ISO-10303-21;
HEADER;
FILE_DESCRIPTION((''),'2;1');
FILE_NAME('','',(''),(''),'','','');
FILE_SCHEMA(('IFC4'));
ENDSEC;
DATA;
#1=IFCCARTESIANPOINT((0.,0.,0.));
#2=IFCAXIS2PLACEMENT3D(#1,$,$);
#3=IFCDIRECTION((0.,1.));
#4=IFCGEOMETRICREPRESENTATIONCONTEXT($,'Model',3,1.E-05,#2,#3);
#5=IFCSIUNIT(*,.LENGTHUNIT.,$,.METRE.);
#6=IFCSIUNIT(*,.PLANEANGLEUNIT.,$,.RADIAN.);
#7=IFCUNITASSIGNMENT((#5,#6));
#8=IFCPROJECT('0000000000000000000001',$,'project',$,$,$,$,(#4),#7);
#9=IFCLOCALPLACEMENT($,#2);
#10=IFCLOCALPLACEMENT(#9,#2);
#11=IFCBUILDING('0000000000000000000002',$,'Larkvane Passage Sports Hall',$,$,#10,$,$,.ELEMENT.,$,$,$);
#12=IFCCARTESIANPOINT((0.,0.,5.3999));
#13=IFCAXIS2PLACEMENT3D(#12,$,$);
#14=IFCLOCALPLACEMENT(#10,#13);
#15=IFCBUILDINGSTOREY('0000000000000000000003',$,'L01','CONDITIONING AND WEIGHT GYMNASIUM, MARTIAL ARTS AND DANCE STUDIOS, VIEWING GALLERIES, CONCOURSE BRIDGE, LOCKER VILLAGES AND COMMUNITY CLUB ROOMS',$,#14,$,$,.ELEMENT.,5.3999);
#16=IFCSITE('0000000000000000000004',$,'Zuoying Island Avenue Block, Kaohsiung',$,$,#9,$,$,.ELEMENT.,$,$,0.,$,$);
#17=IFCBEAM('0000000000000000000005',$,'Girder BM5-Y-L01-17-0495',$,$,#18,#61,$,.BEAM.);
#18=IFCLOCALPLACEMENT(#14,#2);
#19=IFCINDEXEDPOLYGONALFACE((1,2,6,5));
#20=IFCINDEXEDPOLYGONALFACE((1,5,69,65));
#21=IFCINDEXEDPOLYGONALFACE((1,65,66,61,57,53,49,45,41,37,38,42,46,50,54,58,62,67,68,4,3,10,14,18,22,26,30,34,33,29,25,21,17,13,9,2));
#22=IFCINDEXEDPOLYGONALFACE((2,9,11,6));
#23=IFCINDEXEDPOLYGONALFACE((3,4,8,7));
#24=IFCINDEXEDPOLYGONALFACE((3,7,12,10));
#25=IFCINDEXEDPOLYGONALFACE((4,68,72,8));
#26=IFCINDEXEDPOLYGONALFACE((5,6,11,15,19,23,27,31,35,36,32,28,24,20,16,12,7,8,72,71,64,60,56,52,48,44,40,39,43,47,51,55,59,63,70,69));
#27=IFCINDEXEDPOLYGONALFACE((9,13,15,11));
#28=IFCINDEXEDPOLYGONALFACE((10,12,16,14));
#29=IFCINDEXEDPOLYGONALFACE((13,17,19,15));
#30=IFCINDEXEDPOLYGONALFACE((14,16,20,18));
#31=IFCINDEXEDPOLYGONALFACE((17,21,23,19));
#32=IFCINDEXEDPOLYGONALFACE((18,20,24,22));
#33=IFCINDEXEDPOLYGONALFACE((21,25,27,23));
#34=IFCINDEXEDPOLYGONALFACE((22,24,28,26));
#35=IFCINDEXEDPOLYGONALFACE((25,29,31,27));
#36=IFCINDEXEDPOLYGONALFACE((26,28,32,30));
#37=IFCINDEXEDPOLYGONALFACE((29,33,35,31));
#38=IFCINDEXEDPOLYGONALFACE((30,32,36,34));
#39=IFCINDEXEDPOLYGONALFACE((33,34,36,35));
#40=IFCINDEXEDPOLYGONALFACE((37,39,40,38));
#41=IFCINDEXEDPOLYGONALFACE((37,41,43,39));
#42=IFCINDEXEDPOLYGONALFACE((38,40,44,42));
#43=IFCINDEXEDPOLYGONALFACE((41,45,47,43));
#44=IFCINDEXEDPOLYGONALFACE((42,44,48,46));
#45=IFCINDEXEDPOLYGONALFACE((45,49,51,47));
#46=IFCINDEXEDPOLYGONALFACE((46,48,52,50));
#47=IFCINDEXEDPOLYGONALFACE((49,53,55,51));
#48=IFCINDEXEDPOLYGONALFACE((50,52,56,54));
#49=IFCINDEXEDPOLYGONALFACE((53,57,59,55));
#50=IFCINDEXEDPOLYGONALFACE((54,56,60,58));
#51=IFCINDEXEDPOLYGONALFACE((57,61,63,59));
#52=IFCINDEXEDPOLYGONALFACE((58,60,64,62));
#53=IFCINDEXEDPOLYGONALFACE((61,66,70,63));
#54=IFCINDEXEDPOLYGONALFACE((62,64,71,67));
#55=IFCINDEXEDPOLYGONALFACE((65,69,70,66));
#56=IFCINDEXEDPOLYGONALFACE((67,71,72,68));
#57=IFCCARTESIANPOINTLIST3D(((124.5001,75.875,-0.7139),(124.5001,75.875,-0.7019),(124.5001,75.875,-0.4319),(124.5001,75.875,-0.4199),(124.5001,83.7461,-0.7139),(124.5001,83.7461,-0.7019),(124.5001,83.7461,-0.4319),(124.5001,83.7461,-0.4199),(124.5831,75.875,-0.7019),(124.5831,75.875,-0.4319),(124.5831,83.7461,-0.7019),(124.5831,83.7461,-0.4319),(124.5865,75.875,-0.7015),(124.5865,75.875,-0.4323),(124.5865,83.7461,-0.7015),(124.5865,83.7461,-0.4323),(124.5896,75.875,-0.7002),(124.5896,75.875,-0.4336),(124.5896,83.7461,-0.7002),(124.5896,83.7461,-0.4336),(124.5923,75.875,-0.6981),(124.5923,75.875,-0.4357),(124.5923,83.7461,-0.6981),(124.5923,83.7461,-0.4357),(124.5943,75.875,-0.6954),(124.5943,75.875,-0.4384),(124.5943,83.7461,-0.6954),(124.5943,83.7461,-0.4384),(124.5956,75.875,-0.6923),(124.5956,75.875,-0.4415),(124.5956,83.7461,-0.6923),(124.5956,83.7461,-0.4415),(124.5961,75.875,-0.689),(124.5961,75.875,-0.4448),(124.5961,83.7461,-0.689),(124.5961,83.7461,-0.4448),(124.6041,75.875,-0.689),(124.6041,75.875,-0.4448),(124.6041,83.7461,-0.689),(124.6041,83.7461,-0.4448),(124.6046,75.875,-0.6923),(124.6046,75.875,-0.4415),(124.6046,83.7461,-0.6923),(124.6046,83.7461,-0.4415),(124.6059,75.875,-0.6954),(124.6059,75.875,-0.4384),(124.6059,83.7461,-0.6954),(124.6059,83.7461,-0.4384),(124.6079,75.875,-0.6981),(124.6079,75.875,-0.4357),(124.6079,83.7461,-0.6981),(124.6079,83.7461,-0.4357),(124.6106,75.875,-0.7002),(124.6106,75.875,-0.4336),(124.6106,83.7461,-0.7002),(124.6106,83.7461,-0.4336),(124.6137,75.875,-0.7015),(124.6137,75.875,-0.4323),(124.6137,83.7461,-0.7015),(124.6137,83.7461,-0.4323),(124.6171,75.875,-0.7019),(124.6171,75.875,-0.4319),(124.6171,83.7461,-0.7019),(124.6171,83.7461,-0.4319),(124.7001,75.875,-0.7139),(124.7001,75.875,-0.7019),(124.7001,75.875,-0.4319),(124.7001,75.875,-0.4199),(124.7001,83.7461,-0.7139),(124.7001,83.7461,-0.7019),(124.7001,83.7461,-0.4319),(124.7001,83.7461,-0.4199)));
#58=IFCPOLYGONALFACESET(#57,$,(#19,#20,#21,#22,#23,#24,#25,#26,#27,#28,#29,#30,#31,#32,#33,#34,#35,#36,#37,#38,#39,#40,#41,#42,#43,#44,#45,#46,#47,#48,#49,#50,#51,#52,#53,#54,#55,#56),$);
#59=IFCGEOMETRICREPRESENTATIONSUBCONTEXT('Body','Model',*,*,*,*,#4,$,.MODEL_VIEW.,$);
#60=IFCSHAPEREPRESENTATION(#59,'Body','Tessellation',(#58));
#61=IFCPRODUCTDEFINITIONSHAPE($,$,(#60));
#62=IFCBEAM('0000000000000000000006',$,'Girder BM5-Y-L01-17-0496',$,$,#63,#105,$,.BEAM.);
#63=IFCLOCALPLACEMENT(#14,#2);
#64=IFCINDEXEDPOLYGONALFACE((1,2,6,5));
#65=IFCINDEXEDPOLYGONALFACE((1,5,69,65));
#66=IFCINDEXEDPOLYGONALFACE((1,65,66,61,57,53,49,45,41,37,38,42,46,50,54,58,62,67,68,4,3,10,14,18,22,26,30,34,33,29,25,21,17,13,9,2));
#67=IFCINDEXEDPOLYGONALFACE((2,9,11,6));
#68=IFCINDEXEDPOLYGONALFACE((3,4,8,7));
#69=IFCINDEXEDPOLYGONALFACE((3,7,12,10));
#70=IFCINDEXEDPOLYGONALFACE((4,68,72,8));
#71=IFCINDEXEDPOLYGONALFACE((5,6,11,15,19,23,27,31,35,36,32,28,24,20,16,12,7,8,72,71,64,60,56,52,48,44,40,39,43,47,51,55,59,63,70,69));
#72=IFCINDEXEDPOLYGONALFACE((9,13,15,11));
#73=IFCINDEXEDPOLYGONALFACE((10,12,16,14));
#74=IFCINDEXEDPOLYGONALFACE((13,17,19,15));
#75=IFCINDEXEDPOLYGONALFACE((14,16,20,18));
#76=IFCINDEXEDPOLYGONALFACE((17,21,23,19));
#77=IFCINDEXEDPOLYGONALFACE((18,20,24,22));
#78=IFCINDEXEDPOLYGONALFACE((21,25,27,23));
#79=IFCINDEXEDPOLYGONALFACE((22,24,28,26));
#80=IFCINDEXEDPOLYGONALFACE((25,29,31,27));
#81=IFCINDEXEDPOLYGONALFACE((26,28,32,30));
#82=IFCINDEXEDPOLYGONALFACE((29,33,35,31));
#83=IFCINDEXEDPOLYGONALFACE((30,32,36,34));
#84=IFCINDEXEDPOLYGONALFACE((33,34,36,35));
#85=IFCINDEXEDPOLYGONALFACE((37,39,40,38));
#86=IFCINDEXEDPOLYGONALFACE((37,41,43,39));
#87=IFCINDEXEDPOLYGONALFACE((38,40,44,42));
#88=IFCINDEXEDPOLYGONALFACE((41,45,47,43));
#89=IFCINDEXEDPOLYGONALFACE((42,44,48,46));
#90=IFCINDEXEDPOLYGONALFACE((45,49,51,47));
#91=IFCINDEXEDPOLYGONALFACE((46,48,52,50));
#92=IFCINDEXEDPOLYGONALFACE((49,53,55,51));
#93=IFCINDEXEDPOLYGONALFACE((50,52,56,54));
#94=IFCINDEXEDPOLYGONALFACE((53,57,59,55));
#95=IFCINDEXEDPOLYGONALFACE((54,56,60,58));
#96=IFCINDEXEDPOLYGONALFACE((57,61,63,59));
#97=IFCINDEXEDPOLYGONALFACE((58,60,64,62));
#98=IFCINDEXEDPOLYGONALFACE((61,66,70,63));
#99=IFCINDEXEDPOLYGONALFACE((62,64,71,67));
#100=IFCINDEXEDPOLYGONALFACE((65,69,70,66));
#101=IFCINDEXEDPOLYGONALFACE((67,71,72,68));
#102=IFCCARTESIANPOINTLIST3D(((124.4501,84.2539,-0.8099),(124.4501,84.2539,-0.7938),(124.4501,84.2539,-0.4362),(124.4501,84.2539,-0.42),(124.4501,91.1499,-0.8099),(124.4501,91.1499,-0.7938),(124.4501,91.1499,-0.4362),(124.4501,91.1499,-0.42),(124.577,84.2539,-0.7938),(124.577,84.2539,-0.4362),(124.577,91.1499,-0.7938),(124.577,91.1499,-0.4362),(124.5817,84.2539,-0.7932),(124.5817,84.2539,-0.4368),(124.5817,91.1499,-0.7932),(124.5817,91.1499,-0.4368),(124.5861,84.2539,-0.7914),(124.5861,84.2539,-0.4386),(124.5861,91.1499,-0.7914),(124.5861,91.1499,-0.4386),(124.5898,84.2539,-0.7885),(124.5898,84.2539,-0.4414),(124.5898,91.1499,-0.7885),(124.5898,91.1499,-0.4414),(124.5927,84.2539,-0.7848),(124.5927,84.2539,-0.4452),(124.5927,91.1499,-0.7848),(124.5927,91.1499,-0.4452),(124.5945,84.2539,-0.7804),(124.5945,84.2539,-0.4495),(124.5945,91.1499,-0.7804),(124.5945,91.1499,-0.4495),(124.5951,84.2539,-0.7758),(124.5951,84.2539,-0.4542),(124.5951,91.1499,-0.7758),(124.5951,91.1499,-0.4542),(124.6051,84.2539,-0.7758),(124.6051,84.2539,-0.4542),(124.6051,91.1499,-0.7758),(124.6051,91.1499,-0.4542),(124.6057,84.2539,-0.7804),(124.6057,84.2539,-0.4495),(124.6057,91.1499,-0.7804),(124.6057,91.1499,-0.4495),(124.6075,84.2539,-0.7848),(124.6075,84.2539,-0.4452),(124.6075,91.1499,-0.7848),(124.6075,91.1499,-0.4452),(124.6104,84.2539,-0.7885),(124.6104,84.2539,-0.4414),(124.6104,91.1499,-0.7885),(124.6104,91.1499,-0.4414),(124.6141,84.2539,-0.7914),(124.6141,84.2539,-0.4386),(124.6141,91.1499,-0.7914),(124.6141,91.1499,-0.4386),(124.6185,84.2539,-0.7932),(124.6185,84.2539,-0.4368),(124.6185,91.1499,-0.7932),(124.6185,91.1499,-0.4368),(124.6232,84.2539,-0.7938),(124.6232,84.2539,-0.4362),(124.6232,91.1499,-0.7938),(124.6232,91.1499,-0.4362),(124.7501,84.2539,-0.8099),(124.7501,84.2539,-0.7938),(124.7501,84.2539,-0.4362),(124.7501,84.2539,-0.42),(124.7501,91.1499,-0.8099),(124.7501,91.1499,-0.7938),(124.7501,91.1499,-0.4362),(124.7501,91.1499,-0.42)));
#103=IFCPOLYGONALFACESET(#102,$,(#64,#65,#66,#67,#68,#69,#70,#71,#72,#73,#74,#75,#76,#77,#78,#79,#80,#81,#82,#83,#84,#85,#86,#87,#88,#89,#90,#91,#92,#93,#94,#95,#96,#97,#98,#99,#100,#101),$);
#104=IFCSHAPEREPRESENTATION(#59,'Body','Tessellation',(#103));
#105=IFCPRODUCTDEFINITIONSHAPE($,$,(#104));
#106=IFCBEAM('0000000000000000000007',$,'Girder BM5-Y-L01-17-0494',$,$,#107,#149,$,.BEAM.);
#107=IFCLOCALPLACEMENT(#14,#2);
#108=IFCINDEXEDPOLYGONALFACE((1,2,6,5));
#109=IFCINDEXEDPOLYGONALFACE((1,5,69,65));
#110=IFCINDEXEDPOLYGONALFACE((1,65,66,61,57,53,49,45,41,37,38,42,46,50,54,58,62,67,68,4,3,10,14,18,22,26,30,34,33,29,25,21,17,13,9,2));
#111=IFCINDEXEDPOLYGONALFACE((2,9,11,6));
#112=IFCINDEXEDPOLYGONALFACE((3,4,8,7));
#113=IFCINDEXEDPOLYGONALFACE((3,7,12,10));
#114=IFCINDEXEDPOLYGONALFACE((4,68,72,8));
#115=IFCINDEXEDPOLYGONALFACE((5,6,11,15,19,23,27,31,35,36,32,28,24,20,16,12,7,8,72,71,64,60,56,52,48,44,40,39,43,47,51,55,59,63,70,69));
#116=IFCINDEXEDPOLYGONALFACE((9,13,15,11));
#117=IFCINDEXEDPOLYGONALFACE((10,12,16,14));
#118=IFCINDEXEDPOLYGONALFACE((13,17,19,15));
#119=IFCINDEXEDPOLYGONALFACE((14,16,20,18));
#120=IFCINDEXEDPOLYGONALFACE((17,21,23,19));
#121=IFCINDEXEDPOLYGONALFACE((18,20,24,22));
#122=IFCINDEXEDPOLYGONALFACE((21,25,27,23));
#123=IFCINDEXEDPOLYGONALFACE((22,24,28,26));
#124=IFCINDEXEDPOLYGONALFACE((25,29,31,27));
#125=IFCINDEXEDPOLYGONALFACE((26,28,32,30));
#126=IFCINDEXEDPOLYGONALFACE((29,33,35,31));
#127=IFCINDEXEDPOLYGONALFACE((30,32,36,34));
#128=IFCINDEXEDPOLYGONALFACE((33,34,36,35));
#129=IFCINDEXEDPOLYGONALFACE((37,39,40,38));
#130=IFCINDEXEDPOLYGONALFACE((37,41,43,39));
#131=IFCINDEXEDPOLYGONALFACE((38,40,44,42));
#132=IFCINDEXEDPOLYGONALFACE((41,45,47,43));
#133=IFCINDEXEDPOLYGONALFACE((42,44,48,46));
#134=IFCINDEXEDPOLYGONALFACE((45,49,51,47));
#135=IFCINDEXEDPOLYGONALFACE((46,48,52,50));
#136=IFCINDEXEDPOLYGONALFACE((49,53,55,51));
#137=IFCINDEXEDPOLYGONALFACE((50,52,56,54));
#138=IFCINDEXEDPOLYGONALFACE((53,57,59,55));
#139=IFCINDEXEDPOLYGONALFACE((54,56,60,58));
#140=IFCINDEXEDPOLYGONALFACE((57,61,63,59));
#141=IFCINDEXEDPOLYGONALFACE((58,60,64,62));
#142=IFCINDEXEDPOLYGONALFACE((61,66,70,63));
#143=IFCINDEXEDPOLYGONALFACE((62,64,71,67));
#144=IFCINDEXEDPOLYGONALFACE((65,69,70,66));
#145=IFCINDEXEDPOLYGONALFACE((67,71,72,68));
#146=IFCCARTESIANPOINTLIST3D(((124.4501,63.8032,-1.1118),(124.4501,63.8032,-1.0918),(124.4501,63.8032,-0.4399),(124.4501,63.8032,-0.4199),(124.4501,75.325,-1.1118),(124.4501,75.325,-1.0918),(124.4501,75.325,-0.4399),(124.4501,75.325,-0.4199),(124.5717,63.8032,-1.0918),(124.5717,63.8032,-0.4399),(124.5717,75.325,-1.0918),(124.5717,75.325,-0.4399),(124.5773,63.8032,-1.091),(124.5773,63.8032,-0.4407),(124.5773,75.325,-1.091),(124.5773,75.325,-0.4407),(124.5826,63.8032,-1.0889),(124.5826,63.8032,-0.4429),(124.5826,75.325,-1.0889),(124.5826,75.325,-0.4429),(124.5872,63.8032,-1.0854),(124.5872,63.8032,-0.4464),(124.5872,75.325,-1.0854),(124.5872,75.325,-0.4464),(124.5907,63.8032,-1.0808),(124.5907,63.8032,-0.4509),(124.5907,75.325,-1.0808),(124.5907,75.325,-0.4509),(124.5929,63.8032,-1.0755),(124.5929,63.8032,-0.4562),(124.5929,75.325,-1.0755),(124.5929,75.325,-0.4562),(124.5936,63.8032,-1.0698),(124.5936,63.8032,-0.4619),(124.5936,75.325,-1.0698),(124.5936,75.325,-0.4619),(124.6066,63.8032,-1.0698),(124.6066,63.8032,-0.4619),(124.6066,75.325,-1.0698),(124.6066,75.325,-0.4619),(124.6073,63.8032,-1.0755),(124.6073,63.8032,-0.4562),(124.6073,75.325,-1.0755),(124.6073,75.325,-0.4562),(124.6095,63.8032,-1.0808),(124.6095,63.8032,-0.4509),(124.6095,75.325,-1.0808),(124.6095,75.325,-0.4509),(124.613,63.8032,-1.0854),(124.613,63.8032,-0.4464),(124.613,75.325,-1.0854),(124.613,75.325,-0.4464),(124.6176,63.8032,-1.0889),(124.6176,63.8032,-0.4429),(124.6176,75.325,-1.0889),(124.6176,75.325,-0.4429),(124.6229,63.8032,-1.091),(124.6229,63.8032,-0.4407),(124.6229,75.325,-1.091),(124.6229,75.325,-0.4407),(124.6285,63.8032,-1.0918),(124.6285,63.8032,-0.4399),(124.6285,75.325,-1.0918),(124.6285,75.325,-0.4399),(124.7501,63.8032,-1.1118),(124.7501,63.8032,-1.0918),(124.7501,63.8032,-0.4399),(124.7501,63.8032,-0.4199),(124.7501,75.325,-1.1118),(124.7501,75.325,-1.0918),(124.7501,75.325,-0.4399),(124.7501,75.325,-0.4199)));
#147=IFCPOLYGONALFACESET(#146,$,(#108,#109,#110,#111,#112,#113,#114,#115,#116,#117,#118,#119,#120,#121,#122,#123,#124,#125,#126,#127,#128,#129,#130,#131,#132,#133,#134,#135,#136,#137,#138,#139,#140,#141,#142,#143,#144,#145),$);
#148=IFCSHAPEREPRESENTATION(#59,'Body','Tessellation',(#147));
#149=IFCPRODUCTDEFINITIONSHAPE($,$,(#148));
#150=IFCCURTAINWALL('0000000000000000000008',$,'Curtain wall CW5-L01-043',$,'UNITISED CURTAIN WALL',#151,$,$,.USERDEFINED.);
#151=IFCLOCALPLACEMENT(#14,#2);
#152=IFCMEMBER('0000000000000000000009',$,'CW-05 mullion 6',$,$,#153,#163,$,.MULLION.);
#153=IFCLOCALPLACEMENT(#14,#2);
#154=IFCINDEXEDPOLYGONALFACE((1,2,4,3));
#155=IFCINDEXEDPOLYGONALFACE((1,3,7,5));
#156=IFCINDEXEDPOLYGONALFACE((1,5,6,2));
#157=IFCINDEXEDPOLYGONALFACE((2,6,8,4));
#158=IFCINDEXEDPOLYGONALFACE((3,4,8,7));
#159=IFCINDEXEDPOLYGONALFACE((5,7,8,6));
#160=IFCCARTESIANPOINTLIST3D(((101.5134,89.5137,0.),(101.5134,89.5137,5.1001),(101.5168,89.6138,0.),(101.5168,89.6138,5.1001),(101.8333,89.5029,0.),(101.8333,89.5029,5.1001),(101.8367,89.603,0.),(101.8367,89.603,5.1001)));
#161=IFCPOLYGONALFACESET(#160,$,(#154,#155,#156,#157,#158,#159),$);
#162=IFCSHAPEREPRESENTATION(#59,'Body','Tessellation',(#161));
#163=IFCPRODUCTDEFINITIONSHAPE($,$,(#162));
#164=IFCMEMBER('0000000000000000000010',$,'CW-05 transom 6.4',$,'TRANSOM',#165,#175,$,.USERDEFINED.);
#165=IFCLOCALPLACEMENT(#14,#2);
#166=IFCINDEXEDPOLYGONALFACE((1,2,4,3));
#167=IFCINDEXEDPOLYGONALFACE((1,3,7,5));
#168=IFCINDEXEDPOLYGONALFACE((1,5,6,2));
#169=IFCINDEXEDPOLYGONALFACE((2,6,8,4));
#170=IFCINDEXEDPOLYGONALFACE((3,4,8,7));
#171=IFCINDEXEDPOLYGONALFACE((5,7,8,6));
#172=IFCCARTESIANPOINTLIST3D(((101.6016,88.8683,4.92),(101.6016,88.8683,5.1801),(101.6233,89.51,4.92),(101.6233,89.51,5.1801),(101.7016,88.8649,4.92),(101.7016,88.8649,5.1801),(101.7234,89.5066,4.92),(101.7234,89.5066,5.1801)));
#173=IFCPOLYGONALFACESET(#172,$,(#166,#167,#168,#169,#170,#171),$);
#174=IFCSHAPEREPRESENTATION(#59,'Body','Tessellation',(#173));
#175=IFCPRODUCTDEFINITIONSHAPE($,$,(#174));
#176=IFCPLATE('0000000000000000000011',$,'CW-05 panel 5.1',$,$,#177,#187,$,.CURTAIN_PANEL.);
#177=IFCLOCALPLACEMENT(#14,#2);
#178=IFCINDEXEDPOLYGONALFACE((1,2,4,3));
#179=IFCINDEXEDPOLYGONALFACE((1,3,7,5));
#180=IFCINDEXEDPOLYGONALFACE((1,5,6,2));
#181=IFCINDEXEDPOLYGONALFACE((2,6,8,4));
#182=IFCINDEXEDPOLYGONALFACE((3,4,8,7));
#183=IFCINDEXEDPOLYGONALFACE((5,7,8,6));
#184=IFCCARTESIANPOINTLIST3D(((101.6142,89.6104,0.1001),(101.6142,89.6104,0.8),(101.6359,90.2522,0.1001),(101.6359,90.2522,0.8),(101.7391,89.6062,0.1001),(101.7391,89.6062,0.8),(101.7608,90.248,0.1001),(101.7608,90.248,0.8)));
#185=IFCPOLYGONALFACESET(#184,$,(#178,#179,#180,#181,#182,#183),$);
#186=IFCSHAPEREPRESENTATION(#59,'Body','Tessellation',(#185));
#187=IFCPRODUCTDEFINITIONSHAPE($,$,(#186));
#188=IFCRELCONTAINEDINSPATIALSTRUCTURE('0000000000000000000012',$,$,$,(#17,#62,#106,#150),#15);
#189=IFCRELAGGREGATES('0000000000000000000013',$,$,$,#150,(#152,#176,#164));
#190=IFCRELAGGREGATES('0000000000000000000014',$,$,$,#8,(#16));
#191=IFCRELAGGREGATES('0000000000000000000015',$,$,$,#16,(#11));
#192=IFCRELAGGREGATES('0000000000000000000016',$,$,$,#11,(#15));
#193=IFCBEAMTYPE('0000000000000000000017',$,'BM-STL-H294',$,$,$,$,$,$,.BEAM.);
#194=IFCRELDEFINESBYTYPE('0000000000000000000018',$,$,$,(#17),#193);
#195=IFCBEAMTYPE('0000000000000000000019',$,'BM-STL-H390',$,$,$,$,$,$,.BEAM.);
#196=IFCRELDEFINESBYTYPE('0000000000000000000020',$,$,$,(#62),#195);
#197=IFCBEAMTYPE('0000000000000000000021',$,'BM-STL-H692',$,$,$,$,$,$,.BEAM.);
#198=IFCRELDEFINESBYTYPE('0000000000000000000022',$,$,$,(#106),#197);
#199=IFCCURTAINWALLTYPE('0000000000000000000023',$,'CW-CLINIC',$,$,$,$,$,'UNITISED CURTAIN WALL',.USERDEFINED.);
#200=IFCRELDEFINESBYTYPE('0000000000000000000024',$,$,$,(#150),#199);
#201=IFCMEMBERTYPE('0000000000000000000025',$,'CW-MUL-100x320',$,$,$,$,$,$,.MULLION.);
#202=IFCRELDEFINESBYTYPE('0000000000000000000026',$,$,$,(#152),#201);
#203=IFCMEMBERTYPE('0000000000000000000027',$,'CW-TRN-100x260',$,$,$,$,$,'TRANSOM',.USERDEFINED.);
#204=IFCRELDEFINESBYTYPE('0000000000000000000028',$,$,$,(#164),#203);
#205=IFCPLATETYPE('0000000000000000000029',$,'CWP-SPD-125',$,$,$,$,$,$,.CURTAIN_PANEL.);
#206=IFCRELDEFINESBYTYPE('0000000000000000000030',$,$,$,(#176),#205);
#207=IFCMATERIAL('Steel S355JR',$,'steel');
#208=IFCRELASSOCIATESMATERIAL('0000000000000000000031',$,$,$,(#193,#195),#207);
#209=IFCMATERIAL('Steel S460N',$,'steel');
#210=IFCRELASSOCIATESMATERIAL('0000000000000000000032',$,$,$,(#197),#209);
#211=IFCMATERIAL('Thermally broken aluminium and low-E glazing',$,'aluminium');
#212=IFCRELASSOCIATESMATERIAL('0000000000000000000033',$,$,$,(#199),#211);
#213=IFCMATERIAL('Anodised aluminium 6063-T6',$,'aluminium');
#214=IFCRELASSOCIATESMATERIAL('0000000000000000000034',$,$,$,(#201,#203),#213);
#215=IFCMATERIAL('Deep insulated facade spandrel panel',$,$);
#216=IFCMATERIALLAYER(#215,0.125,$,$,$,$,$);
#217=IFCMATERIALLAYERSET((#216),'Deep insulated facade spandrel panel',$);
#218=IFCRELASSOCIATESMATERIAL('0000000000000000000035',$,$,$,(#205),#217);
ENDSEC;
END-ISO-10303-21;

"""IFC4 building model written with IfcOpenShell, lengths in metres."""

from ifc_helpers import new_model, si_unit, direction, frame, origin, origin_2d, place, context, subcontext, project, spatial, rectangle, i_section, extrude, material, layer, layer_set, material_profile, profile_set, type_object, element, aggregate, save


model = new_model("IFC4")

# Units and contexts
model_context = context("Model", 3, precision=1e-05, world=origin(), true_north=direction((0.0, 1.0)))
body_context = subcontext(model_context, "Body", "Model", "MODEL_VIEW")
ifc_project = project(units=[si_unit("LENGTHUNIT", "METRE"), si_unit("PLANEANGLEUNIT", "RADIAN")], contexts=[model_context])

# Site, building, storey
site_placement = place(None, origin())
site = spatial("IfcSite", under=ifc_project, at=site_placement, Name="Zuoying Island Avenue Block, Kaohsiung", CompositionType="ELEMENT", RefElevation=0.0)
building_placement = place(site_placement, origin())
building = spatial("IfcBuilding", under=site, at=building_placement, Name="Larkvane Passage Sports Hall", CompositionType="ELEMENT")
storey_placement = place(building_placement, frame((0.0, 0.0, 5.3999)))
storey = spatial("IfcBuildingStorey", under=building, at=storey_placement, Name="L01", Description="CONDITIONING AND WEIGHT GYMNASIUM, MARTIAL ARTS AND DANCE STUDIOS, VIEWING GALLERIES, CONCOURSE BRIDGE, LOCKER VILLAGES AND COMMUNITY CLUB ROOMS", CompositionType="ELEMENT", Elevation=5.3999)

# Shared definitions
ifc_material_1 = material(Name="Steel S460N", Category="steel")
ifc_material_2 = material(Name="Steel S355JR", Category="steel")

# Beams
ifc_material_profile_1 = material_profile(ifc_material_2, i_section(OverallWidth=0.2, OverallDepth=0.2939, WebThickness=0.0081, FlangeThickness=0.012, FilletRadius=0.0129, at=origin_2d()), Name="H-294x200x8x12")
ifc_profile_set_1 = profile_set([ifc_material_profile_1], Name="Steel S355JR")
beam_type_1 = type_object("IfcBeamType", Name="BM-STL-H294", PredefinedType="BEAM", material=ifc_profile_set_1)
beam_1_placement = place(storey_placement, frame((124.6001, 75.875, -0.5669), z_axis=(0.0, 1.0, 0.0), x_axis=(-1.0, 0.0, 0.0)))
element("IfcBeam", 1, at=beam_1_placement, inside=storey, type_object=beam_type_1, Name="Girder BM5-Y-L01-17-0495", PredefinedType="BEAM", context=body_context, shape_type="SweptSolid", body=[
    extrude(i_section(OverallWidth=0.2, OverallDepth=0.2939, WebThickness=0.0081, FlangeThickness=0.012, FilletRadius=0.0129, at=origin_2d()), origin(), (0.0, 0.0, 1.0), 7.8711),
])
ifc_material_profile_2 = material_profile(ifc_material_2, i_section(OverallWidth=0.3, OverallDepth=0.3899, WebThickness=0.01, FlangeThickness=0.0161, FilletRadius=0.0181, at=origin_2d()), Name="H-390x300x10x16")
ifc_profile_set_2 = profile_set([ifc_material_profile_2], Name="Steel S355JR")
beam_type_2 = type_object("IfcBeamType", Name="BM-STL-H390", PredefinedType="BEAM", material=ifc_profile_set_2)
beam_2_placement = place(storey_placement, frame((124.6001, 84.2539, -0.615), z_axis=(0.0, 1.0, 0.0), x_axis=(-1.0, 0.0, 0.0)))
element("IfcBeam", 2, at=beam_2_placement, inside=storey, type_object=beam_type_2, Name="Girder BM5-Y-L01-17-0496", PredefinedType="BEAM", context=body_context, shape_type="SweptSolid", body=[
    extrude(i_section(OverallWidth=0.3, OverallDepth=0.3899, WebThickness=0.01, FlangeThickness=0.0161, FilletRadius=0.0181, at=origin_2d()), origin(), (0.0, 0.0, 1.0), 6.896),
])
ifc_material_profile_3 = material_profile(ifc_material_1, i_section(OverallWidth=0.3, OverallDepth=0.6919, WebThickness=0.0129, FlangeThickness=0.02, FilletRadius=0.022, at=origin_2d()), Name="H-692x300x13x20")
ifc_profile_set_3 = profile_set([ifc_material_profile_3], Name="Steel S460N")
beam_type_3 = type_object("IfcBeamType", Name="BM-STL-H692", PredefinedType="BEAM", material=ifc_profile_set_3)
beam_3_placement = place(storey_placement, frame((124.6001, 63.8032, -0.7659), z_axis=(0.0, 1.0, 0.0), x_axis=(-1.0, 0.0, 0.0)))
element("IfcBeam", 3, at=beam_3_placement, inside=storey, type_object=beam_type_3, Name="Girder BM5-Y-L01-17-0494", PredefinedType="BEAM", context=body_context, shape_type="SweptSolid", body=[
    extrude(i_section(OverallWidth=0.3, OverallDepth=0.6919, WebThickness=0.0129, FlangeThickness=0.02, FilletRadius=0.022, at=origin_2d()), origin(), (0.0, 0.0, 1.0), 11.5217),
])

# Curtain wall, members, plate
ifc_material_3 = material(Name="Thermally broken aluminium and low-E glazing", Category="aluminium")
curtain_wall_type = type_object("IfcCurtainWallType", Name="CW-CLINIC", ElementType="UNITISED CURTAIN WALL", PredefinedType="USERDEFINED", material=ifc_material_3)
curtain_wall_placement = place(storey_placement, origin())
curtain_wall = element("IfcCurtainWall", 4, at=curtain_wall_placement, inside=storey, type_object=curtain_wall_type, Name="Curtain wall CW5-L01-043", ObjectType="UNITISED CURTAIN WALL", PredefinedType="USERDEFINED")
ifc_material_4 = material(Name="Anodised aluminium 6063-T6", Category="aluminium")
ifc_material_profile_4 = material_profile(ifc_material_4, rectangle(XDim=0.1001, YDim=0.3201, at=origin_2d()), Name="ALU-MUL-100x320")
ifc_profile_set_4 = profile_set([ifc_material_profile_4], Name="Anodised aluminium 6063-T6")
member_type_1 = type_object("IfcMemberType", Name="CW-MUL-100x320", PredefinedType="MULLION", material=ifc_profile_set_4)
member_1_placement = place(storey_placement, frame((101.675, 89.5583, 0.0), z_axis=(0.0, 0.0, 1.0), x_axis=(-0.033688, -0.999432, 0.0)))
member_1 = element("IfcMember", 5, at=member_1_placement, type_object=member_type_1, Name="CW-05 mullion 6", PredefinedType="MULLION", context=body_context, shape_type="SweptSolid", body=[
    extrude(rectangle(XDim=0.1001, YDim=0.3201, at=origin_2d()), origin(), (0.0, 0.0, 1.0), 5.1001),
])
ifc_material_profile_5 = material_profile(ifc_material_4, rectangle(XDim=0.1001, YDim=0.26, at=origin_2d()), Name="ALU-TRN-100x260")
ifc_profile_set_5 = profile_set([ifc_material_profile_5], Name="Anodised aluminium 6063-T6")
member_type_2 = type_object("IfcMemberType", Name="CW-TRN-100x260", ElementType="TRANSOM", PredefinedType="USERDEFINED", material=ifc_profile_set_5)
member_2_placement = place(storey_placement, frame((101.6733, 89.5083, 5.05), z_axis=(-0.033847, -0.999427, 0.0), x_axis=(0.999427, -0.033847, 0.0)))
member_2 = element("IfcMember", 6, at=member_2_placement, type_object=member_type_2, Name="CW-05 transom 6.4", ObjectType="TRANSOM", PredefinedType="USERDEFINED", context=body_context, shape_type="SweptSolid", body=[
    extrude(rectangle(XDim=0.1001, YDim=0.26, at=origin_2d()), origin(), (0.0, 0.0, 1.0), 0.6421),
])
ifc_material_5 = material(Name="Deep insulated facade spandrel panel")
ifc_layer_1 = layer(ifc_material_5, 0.125)
ifc_layer_set_1 = layer_set([ifc_layer_1], Name="Deep insulated facade spandrel panel")
plate_type_1 = type_object("IfcPlateType", Name="CWP-SPD-125", PredefinedType="CURTAIN_PANEL", material=ifc_layer_set_1)
plate_1_placement = place(storey_placement, frame((101.6875, 89.9292, 0.1001), z_axis=(0.0, 0.0, 1.0), x_axis=(-0.033688, -0.999432, 0.0)))
plate_1 = element("IfcPlate", 7, at=plate_1_placement, type_object=plate_type_1, Name="CW-05 panel 5.1", PredefinedType="CURTAIN_PANEL", context=body_context, shape_type="SweptSolid", body=[
    extrude(rectangle(XDim=0.6421, YDim=0.125, at=origin_2d()), origin(), (0.0, 0.0, 1.0), 0.7),
])
aggregate(curtain_wall, [member_1, plate_1, member_2])

save(model, "model.ifc")
